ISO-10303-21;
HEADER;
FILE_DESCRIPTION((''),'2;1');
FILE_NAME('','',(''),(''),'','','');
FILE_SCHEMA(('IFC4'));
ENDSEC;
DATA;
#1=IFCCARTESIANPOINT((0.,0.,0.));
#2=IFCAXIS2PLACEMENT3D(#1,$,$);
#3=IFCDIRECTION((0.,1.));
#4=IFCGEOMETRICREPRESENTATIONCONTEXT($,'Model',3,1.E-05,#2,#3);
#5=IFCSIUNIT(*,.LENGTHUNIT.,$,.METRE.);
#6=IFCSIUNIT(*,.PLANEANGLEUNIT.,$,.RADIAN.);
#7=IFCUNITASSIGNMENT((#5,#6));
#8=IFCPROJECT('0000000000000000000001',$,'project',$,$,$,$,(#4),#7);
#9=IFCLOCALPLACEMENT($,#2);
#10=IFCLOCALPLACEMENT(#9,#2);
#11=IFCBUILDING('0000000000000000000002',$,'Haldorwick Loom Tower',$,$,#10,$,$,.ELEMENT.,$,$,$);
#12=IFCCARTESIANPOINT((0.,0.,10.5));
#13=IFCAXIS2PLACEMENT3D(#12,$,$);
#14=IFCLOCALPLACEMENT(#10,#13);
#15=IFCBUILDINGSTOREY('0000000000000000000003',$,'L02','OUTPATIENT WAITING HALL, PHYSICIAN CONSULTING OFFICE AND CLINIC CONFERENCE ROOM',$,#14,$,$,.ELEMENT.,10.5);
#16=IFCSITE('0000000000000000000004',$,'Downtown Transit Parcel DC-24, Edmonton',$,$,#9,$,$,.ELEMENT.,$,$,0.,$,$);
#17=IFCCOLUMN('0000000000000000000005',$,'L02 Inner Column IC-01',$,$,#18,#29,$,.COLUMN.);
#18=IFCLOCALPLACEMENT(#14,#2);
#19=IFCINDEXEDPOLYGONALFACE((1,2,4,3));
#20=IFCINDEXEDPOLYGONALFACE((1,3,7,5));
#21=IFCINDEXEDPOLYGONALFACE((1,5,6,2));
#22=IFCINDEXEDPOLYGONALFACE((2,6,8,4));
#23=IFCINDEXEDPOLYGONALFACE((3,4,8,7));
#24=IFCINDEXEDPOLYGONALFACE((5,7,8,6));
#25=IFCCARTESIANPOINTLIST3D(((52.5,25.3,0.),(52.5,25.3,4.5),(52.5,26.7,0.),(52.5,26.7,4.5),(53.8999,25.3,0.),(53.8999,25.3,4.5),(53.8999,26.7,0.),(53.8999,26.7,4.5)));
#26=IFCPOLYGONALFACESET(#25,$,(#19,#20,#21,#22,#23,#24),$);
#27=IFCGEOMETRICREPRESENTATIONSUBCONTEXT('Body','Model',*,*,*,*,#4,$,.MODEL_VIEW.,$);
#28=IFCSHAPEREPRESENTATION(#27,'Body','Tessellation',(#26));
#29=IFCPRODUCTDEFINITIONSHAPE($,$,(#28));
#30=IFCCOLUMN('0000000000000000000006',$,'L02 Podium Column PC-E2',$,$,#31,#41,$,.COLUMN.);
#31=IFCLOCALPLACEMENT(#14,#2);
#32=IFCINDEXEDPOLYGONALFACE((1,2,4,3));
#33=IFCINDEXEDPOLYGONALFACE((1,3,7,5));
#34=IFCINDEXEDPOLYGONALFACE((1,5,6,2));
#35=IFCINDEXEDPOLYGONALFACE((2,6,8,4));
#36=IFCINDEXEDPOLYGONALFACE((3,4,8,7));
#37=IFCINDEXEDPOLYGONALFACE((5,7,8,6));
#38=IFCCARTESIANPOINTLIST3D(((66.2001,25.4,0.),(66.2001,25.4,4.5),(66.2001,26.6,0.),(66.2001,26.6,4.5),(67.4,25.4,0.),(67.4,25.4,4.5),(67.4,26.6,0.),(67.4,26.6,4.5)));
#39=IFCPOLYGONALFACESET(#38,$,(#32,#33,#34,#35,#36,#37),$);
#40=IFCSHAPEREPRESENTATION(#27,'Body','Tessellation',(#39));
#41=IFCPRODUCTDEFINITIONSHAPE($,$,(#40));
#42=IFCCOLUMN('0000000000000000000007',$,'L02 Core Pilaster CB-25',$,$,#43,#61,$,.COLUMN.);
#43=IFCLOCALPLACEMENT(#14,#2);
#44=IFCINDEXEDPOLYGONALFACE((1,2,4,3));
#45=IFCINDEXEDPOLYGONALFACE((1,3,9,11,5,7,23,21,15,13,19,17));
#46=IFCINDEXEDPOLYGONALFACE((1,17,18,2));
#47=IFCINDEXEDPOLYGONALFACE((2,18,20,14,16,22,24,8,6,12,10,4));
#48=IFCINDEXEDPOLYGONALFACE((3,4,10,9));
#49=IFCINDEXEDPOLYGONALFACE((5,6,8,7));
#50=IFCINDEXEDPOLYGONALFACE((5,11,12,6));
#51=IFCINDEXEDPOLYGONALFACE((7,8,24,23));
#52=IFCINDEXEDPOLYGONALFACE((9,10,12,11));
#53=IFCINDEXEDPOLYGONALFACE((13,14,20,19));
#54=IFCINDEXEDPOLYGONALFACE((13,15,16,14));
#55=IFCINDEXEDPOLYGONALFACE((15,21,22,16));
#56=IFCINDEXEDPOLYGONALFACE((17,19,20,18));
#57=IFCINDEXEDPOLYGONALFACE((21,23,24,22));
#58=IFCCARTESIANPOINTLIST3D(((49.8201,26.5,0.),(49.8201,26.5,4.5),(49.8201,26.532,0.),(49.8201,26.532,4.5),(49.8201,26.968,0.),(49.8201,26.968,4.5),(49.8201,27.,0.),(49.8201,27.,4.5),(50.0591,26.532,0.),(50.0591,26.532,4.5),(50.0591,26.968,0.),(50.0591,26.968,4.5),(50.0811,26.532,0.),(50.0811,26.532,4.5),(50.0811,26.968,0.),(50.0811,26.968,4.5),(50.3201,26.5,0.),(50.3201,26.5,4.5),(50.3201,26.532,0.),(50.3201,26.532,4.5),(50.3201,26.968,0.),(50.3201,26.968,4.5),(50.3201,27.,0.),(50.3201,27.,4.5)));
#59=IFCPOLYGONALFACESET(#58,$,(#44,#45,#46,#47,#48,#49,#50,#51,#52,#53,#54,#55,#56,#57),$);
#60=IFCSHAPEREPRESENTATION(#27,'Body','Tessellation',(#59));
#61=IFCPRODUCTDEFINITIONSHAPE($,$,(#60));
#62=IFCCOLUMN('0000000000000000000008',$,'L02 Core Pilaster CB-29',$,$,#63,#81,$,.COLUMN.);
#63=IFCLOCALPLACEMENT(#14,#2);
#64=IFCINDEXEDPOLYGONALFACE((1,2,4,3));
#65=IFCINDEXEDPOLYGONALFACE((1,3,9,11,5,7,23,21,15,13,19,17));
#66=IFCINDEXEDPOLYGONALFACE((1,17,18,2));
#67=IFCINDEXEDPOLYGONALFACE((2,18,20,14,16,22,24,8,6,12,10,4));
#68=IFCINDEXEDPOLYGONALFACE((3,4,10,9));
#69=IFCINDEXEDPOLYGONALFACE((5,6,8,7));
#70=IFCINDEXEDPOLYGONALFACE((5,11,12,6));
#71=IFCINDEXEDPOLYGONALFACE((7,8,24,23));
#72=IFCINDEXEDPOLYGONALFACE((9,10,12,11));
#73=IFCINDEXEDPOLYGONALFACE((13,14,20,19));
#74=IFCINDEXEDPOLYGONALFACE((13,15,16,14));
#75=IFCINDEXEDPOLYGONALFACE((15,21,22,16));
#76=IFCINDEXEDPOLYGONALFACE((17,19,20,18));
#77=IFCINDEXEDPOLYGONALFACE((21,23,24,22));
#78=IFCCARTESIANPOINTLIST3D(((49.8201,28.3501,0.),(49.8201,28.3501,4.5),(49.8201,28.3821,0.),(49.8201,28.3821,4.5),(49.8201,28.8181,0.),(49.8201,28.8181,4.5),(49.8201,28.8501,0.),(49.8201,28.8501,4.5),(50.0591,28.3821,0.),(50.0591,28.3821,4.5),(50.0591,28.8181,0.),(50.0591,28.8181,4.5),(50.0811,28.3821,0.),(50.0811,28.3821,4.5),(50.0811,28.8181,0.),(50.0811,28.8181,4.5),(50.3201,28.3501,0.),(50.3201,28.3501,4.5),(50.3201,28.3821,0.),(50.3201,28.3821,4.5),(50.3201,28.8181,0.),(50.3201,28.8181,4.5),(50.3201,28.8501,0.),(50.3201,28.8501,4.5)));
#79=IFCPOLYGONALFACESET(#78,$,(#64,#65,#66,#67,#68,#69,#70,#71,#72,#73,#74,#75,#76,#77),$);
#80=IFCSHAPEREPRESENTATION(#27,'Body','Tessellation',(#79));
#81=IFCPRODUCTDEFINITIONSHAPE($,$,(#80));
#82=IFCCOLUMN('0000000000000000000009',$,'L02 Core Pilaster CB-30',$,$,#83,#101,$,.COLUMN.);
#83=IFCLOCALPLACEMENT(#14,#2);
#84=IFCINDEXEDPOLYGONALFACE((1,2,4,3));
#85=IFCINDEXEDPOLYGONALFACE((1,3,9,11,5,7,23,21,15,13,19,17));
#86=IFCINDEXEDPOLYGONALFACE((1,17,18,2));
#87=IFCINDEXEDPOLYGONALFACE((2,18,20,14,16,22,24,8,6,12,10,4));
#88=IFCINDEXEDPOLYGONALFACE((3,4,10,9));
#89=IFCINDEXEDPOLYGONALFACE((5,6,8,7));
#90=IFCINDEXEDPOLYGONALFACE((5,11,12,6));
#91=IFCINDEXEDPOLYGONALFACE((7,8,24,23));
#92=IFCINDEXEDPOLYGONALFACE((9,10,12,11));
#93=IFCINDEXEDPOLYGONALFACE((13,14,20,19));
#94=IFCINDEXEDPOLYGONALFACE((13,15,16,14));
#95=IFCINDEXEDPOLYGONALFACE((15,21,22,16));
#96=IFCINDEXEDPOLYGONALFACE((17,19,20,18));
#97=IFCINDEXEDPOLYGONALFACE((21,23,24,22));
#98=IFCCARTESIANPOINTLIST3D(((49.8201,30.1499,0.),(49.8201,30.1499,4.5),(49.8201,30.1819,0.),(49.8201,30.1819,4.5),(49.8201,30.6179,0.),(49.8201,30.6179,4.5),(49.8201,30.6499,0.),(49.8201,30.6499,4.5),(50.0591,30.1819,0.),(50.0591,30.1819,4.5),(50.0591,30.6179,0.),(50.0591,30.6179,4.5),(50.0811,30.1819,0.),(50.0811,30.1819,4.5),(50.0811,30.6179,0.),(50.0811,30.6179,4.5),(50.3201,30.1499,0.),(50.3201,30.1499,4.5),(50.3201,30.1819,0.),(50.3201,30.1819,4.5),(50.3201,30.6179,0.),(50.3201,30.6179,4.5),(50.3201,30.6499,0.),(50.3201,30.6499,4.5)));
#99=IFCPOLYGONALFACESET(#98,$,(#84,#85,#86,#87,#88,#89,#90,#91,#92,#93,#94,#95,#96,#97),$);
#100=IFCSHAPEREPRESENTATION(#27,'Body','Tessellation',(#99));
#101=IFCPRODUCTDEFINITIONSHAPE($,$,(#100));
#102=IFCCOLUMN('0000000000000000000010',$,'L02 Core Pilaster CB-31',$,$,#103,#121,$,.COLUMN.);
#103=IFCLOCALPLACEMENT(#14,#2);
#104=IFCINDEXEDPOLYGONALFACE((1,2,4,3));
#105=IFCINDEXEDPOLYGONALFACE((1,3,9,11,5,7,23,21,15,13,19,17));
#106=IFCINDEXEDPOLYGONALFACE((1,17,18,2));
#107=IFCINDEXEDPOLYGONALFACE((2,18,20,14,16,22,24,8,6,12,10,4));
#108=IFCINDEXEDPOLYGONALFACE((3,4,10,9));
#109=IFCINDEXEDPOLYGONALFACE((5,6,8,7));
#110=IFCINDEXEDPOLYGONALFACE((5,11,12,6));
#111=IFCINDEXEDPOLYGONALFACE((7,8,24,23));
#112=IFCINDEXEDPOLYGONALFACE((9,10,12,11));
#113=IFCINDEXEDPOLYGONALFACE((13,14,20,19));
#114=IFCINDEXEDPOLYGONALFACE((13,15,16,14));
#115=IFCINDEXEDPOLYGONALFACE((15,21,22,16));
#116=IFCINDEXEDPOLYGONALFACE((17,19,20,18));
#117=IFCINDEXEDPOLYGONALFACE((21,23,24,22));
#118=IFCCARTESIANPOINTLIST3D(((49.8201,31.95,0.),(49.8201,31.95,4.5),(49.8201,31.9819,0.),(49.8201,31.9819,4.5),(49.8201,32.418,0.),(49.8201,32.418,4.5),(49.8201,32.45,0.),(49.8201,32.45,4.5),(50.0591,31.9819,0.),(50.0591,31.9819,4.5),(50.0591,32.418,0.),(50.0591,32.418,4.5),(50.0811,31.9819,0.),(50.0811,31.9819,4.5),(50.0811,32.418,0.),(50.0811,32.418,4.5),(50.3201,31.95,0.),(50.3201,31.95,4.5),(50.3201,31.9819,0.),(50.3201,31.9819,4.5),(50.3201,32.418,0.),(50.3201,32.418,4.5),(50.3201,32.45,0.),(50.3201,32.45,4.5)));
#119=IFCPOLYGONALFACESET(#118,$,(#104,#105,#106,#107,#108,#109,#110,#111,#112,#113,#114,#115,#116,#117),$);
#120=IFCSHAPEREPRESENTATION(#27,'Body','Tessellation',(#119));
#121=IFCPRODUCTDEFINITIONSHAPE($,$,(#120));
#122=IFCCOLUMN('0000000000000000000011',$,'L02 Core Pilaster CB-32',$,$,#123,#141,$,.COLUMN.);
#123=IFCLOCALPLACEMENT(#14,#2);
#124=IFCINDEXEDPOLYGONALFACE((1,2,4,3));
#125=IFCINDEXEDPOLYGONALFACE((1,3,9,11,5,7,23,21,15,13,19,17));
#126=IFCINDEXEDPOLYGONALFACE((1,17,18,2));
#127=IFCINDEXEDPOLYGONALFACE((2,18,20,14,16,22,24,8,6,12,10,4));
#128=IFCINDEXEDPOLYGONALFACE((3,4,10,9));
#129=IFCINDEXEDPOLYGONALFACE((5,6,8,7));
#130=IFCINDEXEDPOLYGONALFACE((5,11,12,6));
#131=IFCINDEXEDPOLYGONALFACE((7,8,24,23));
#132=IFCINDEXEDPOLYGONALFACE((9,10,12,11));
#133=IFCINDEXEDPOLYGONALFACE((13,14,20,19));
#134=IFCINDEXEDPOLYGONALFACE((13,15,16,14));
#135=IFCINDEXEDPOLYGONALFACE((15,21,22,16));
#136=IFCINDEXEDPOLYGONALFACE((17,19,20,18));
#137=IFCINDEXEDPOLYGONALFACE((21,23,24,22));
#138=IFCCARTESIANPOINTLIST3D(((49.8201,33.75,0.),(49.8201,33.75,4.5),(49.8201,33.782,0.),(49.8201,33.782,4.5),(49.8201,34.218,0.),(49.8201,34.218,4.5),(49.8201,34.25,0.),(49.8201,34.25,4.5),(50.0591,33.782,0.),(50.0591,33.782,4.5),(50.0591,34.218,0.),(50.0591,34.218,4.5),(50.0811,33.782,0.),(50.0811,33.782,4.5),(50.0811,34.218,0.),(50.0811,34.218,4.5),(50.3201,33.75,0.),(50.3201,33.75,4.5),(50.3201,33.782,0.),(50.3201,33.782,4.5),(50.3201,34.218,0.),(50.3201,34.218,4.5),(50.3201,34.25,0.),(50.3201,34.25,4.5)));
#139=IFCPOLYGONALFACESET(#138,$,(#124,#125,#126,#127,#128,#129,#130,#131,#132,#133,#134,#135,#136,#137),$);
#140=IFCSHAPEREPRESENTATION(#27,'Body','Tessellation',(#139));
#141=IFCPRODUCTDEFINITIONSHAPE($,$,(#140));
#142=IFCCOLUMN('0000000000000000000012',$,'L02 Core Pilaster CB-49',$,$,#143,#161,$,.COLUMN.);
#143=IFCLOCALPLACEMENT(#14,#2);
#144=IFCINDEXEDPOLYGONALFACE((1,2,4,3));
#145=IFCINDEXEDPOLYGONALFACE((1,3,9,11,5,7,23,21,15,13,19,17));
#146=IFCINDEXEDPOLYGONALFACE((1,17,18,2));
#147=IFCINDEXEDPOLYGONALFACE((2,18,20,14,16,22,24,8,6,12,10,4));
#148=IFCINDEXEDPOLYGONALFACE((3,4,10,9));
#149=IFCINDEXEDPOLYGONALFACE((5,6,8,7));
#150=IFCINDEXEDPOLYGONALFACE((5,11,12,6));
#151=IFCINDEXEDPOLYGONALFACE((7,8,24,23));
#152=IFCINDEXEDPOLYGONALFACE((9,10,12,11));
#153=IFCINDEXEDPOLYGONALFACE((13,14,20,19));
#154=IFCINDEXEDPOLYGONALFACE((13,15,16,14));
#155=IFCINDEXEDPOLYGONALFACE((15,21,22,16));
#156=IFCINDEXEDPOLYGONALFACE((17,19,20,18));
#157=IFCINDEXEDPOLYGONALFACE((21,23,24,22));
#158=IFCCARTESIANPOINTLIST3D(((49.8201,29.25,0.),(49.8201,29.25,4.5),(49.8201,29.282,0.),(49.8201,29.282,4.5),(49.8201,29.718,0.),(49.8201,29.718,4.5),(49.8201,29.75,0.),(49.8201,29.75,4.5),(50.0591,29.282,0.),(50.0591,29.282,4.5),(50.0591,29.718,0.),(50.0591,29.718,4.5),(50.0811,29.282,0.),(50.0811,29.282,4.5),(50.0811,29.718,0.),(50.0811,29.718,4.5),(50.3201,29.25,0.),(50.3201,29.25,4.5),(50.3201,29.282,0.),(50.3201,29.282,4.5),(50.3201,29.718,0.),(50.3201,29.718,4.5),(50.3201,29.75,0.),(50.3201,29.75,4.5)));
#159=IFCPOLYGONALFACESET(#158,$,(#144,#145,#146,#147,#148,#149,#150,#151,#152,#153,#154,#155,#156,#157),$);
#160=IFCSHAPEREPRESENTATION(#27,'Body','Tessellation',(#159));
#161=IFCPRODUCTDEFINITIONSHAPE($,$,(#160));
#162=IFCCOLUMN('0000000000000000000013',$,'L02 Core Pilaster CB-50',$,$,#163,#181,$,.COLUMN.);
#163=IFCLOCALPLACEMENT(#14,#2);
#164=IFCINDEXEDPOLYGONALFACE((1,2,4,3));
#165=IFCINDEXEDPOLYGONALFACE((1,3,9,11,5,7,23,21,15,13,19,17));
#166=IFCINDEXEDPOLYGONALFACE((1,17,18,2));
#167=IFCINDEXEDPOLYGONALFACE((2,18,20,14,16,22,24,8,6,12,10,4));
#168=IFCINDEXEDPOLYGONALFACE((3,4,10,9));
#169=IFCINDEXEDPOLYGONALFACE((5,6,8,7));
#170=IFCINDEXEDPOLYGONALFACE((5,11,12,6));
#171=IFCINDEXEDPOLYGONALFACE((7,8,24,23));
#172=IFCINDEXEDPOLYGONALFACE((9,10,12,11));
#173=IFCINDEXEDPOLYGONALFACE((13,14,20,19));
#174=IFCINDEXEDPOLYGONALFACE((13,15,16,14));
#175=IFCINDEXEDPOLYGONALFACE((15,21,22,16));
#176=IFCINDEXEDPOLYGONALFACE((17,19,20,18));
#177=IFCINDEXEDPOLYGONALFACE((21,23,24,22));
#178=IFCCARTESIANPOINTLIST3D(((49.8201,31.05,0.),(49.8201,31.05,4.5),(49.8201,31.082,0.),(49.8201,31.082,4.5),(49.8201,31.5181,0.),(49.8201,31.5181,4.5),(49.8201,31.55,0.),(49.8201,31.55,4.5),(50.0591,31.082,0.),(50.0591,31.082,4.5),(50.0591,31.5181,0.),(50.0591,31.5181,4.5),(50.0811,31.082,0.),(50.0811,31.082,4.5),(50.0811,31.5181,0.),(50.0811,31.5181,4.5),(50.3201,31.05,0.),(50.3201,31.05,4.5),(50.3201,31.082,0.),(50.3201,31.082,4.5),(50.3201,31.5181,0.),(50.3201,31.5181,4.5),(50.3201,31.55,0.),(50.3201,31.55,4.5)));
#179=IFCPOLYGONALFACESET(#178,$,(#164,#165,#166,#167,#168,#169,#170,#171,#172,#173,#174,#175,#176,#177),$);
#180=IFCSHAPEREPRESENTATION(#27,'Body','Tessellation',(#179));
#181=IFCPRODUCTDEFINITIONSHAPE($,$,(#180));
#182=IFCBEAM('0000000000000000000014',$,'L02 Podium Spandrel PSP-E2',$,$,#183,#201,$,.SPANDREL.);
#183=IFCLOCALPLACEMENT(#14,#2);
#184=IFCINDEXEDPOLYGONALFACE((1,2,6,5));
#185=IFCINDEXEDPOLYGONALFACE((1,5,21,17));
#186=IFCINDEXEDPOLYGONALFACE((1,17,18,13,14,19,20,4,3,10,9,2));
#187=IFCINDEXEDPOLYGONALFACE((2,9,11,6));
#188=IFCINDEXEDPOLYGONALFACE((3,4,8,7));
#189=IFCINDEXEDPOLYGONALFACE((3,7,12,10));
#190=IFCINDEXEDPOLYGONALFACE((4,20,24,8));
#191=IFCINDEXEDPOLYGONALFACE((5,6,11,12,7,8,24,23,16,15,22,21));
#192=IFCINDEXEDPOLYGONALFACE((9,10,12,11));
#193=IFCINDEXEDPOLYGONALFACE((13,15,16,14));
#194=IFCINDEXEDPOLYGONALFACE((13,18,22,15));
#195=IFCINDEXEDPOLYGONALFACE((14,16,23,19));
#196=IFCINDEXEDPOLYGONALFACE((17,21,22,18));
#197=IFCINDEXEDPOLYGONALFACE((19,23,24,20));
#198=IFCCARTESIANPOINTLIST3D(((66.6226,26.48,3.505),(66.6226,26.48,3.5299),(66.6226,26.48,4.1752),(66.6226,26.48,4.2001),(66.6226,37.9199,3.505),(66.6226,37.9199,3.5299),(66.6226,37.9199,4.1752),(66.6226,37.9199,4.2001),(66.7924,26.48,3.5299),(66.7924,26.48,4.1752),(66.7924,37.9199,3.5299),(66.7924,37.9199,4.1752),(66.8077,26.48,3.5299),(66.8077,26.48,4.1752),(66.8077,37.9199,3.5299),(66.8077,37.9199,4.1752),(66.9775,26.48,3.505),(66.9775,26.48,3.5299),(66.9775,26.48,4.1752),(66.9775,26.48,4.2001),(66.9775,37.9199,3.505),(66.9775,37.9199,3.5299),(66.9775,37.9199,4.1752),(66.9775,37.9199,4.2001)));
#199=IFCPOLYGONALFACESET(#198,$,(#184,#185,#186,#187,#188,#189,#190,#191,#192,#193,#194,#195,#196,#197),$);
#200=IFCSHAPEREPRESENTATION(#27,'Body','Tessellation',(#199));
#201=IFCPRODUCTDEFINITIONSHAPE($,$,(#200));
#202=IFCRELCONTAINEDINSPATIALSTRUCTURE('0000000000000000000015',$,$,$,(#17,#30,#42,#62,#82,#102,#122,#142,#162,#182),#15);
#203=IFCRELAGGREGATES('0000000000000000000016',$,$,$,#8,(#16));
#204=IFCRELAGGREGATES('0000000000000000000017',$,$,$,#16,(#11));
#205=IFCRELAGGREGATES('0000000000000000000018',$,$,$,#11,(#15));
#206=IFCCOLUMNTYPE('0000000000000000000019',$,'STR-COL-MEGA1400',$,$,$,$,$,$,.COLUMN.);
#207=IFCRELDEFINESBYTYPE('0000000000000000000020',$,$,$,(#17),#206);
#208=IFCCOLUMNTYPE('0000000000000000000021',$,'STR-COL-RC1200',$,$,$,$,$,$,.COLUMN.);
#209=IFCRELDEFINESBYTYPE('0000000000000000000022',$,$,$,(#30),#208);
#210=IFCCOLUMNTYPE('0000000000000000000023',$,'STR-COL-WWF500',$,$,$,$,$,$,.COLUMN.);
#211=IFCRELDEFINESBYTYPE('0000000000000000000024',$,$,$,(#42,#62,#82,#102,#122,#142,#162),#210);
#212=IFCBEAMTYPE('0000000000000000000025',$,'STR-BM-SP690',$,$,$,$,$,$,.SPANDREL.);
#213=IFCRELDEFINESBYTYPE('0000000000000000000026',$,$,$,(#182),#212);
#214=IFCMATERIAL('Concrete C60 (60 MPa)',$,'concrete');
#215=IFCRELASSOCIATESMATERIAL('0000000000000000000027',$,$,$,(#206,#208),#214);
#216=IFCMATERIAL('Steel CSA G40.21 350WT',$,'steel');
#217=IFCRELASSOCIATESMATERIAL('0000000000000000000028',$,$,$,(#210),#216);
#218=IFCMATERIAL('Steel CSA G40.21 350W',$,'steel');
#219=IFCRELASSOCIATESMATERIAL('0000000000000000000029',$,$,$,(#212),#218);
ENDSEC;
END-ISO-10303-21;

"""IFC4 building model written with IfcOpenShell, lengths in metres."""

from ifc_helpers import new_model, si_unit, direction, frame, origin, origin_2d, place, context, subcontext, project, spatial, rectangle, i_section, extrude, material, material_profile, profile_set, type_object, element, save


model = new_model("IFC4")

# Units and contexts
model_context = context("Model", 3, precision=1e-05, world=origin(), true_north=direction((0.0, 1.0)))
body_context = subcontext(model_context, "Body", "Model", "MODEL_VIEW")
ifc_project = project(units=[si_unit("LENGTHUNIT", "METRE"), si_unit("PLANEANGLEUNIT", "RADIAN")], contexts=[model_context])

# Site, building, storey
site_placement = place(None, origin())
site = spatial("IfcSite", under=ifc_project, at=site_placement, Name="Downtown Transit Parcel DC-24, Edmonton", CompositionType="ELEMENT", RefElevation=0.0)
building_placement = place(site_placement, origin())
building = spatial("IfcBuilding", under=site, at=building_placement, Name="Haldorwick Loom Tower", CompositionType="ELEMENT")
storey_placement = place(building_placement, frame((0.0, 0.0, 10.5)))
storey = spatial("IfcBuildingStorey", under=building, at=storey_placement, Name="L02", Description="OUTPATIENT WAITING HALL, PHYSICIAN CONSULTING OFFICE AND CLINIC CONFERENCE ROOM", CompositionType="ELEMENT", Elevation=10.5)

# Columns
ifc_material_1 = material(Name="Concrete C60 (60 MPa)", Category="concrete")
ifc_material_profile_1 = material_profile(ifc_material_1, rectangle(XDim=1.3999, YDim=1.3999, at=origin_2d()), Name="RC1400X1400", Category="concrete")
ifc_profile_set_1 = profile_set([ifc_material_profile_1], Name="Concrete C60 (60 MPa)")
column_type_1 = type_object("IfcColumnType", Name="STR-COL-MEGA1400", PredefinedType="COLUMN", material=ifc_profile_set_1)
column_1_placement = place(storey_placement, frame((53.2, 26.0, 0.0), z_axis=(0.0, 0.0, 1.0), x_axis=(1.0, 0.0, 0.0)))
element("IfcColumn", 1, at=column_1_placement, inside=storey, type_object=column_type_1, Name="L02 Inner Column IC-01", PredefinedType="COLUMN", context=body_context, shape_type="SweptSolid", body=[
    extrude(rectangle(XDim=1.3999, YDim=1.3999, at=origin_2d()), origin(), (0.0, 0.0, 1.0), 4.5),
])
ifc_material_profile_2 = material_profile(ifc_material_1, rectangle(XDim=1.2, YDim=1.2, at=origin_2d()), Name="RC1200X1200", Category="concrete")
ifc_profile_set_2 = profile_set([ifc_material_profile_2], Name="Concrete C60 (60 MPa)")
column_type_2 = type_object("IfcColumnType", Name="STR-COL-RC1200", PredefinedType="COLUMN", material=ifc_profile_set_2)
column_2_placement = place(storey_placement, frame((66.8, 26.0, 0.0), z_axis=(0.0, 0.0, 1.0), x_axis=(1.0, 0.0, 0.0)))
element("IfcColumn", 2, at=column_2_placement, inside=storey, type_object=column_type_2, Name="L02 Podium Column PC-E2", PredefinedType="COLUMN", context=body_context, shape_type="SweptSolid", body=[
    extrude(rectangle(XDim=1.2, YDim=1.2, at=origin_2d()), origin(), (0.0, 0.0, 1.0), 4.5),
])
ifc_material_2 = material(Name="Steel CSA G40.21 350WT", Category="steel")
ifc_material_profile_3 = material_profile(ifc_material_2, i_section(OverallWidth=0.5, OverallDepth=0.5, WebThickness=0.022, FlangeThickness=0.032, at=origin_2d()), Name="WWF500X500", Category="steel")
ifc_profile_set_3 = profile_set([ifc_material_profile_3], Name="Steel CSA G40.21 350WT")
column_type_3 = type_object("IfcColumnType", Name="STR-COL-WWF500", PredefinedType="COLUMN", material=ifc_profile_set_3)
for number, where, z_axis, x_axis, name in (
    (3, (50.0701, 26.75, 0.0), (0.0, 0.0, 1.0), (1.0, 0.0, 0.0), "L02 Core Pilaster CB-25"),
    (4, (50.0701, 28.6001, 0.0), (0.0, 0.0, 1.0), (1.0, 0.0, 0.0), "L02 Core Pilaster CB-29"),
    (5, (50.0701, 30.3999, 0.0), (0.0, 0.0, 1.0), (1.0, 0.0, 0.0), "L02 Core Pilaster CB-30"),
    (6, (50.0701, 32.2, 0.0), (0.0, 0.0, 1.0), (1.0, 0.0, 0.0), "L02 Core Pilaster CB-31"),
    (7, (50.0701, 34.0, 0.0), (0.0, 0.0, 1.0), (1.0, 0.0, 0.0), "L02 Core Pilaster CB-32"),
    (8, (50.0701, 29.5, 0.0), (0.0, 0.0, 1.0), (1.0, 0.0, 0.0), "L02 Core Pilaster CB-49"),
    (9, (50.0701, 31.3, 0.0), (0.0, 0.0, 1.0), (1.0, 0.0, 0.0), "L02 Core Pilaster CB-50"),
):
    element("IfcColumn", number, at=place(storey_placement, frame(where, z_axis=z_axis, x_axis=x_axis)), inside=storey, type_object=column_type_3, Name=name, PredefinedType="COLUMN", context=body_context, shape_type="SweptSolid", body=[
        extrude(i_section(OverallWidth=0.5, OverallDepth=0.5, WebThickness=0.022, FlangeThickness=0.032, at=origin_2d()), origin(), (0.0, 0.0, 1.0), 4.5),
    ])

# Beam
ifc_material_3 = material(Name="Steel CSA G40.21 350W", Category="steel")
ifc_material_profile_4 = material_profile(ifc_material_3, i_section(OverallWidth=0.355, OverallDepth=0.6951, WebThickness=0.0154, FlangeThickness=0.0249, at=origin_2d()), Name="W690X217", Category="steel")
ifc_profile_set_4 = profile_set([ifc_material_profile_4], Name="Steel CSA G40.21 350W")
beam_type_1 = type_object("IfcBeamType", Name="STR-BM-SP690", PredefinedType="SPANDREL", material=ifc_profile_set_4)
beam_1_placement = place(storey_placement, frame((66.8, 26.48, 3.8525), z_axis=(0.0, 1.0, 0.0), x_axis=(-1.0, 0.0, 0.0)))
element("IfcBeam", 10, at=beam_1_placement, inside=storey, type_object=beam_type_1, Name="L02 Podium Spandrel PSP-E2", PredefinedType="SPANDREL", context=body_context, shape_type="SweptSolid", body=[
    extrude(i_section(OverallWidth=0.355, OverallDepth=0.6951, WebThickness=0.0154, FlangeThickness=0.0249, at=origin_2d()), origin(), (0.0, 0.0, 1.0), 11.4399),
])

save(model, "model.ifc")
